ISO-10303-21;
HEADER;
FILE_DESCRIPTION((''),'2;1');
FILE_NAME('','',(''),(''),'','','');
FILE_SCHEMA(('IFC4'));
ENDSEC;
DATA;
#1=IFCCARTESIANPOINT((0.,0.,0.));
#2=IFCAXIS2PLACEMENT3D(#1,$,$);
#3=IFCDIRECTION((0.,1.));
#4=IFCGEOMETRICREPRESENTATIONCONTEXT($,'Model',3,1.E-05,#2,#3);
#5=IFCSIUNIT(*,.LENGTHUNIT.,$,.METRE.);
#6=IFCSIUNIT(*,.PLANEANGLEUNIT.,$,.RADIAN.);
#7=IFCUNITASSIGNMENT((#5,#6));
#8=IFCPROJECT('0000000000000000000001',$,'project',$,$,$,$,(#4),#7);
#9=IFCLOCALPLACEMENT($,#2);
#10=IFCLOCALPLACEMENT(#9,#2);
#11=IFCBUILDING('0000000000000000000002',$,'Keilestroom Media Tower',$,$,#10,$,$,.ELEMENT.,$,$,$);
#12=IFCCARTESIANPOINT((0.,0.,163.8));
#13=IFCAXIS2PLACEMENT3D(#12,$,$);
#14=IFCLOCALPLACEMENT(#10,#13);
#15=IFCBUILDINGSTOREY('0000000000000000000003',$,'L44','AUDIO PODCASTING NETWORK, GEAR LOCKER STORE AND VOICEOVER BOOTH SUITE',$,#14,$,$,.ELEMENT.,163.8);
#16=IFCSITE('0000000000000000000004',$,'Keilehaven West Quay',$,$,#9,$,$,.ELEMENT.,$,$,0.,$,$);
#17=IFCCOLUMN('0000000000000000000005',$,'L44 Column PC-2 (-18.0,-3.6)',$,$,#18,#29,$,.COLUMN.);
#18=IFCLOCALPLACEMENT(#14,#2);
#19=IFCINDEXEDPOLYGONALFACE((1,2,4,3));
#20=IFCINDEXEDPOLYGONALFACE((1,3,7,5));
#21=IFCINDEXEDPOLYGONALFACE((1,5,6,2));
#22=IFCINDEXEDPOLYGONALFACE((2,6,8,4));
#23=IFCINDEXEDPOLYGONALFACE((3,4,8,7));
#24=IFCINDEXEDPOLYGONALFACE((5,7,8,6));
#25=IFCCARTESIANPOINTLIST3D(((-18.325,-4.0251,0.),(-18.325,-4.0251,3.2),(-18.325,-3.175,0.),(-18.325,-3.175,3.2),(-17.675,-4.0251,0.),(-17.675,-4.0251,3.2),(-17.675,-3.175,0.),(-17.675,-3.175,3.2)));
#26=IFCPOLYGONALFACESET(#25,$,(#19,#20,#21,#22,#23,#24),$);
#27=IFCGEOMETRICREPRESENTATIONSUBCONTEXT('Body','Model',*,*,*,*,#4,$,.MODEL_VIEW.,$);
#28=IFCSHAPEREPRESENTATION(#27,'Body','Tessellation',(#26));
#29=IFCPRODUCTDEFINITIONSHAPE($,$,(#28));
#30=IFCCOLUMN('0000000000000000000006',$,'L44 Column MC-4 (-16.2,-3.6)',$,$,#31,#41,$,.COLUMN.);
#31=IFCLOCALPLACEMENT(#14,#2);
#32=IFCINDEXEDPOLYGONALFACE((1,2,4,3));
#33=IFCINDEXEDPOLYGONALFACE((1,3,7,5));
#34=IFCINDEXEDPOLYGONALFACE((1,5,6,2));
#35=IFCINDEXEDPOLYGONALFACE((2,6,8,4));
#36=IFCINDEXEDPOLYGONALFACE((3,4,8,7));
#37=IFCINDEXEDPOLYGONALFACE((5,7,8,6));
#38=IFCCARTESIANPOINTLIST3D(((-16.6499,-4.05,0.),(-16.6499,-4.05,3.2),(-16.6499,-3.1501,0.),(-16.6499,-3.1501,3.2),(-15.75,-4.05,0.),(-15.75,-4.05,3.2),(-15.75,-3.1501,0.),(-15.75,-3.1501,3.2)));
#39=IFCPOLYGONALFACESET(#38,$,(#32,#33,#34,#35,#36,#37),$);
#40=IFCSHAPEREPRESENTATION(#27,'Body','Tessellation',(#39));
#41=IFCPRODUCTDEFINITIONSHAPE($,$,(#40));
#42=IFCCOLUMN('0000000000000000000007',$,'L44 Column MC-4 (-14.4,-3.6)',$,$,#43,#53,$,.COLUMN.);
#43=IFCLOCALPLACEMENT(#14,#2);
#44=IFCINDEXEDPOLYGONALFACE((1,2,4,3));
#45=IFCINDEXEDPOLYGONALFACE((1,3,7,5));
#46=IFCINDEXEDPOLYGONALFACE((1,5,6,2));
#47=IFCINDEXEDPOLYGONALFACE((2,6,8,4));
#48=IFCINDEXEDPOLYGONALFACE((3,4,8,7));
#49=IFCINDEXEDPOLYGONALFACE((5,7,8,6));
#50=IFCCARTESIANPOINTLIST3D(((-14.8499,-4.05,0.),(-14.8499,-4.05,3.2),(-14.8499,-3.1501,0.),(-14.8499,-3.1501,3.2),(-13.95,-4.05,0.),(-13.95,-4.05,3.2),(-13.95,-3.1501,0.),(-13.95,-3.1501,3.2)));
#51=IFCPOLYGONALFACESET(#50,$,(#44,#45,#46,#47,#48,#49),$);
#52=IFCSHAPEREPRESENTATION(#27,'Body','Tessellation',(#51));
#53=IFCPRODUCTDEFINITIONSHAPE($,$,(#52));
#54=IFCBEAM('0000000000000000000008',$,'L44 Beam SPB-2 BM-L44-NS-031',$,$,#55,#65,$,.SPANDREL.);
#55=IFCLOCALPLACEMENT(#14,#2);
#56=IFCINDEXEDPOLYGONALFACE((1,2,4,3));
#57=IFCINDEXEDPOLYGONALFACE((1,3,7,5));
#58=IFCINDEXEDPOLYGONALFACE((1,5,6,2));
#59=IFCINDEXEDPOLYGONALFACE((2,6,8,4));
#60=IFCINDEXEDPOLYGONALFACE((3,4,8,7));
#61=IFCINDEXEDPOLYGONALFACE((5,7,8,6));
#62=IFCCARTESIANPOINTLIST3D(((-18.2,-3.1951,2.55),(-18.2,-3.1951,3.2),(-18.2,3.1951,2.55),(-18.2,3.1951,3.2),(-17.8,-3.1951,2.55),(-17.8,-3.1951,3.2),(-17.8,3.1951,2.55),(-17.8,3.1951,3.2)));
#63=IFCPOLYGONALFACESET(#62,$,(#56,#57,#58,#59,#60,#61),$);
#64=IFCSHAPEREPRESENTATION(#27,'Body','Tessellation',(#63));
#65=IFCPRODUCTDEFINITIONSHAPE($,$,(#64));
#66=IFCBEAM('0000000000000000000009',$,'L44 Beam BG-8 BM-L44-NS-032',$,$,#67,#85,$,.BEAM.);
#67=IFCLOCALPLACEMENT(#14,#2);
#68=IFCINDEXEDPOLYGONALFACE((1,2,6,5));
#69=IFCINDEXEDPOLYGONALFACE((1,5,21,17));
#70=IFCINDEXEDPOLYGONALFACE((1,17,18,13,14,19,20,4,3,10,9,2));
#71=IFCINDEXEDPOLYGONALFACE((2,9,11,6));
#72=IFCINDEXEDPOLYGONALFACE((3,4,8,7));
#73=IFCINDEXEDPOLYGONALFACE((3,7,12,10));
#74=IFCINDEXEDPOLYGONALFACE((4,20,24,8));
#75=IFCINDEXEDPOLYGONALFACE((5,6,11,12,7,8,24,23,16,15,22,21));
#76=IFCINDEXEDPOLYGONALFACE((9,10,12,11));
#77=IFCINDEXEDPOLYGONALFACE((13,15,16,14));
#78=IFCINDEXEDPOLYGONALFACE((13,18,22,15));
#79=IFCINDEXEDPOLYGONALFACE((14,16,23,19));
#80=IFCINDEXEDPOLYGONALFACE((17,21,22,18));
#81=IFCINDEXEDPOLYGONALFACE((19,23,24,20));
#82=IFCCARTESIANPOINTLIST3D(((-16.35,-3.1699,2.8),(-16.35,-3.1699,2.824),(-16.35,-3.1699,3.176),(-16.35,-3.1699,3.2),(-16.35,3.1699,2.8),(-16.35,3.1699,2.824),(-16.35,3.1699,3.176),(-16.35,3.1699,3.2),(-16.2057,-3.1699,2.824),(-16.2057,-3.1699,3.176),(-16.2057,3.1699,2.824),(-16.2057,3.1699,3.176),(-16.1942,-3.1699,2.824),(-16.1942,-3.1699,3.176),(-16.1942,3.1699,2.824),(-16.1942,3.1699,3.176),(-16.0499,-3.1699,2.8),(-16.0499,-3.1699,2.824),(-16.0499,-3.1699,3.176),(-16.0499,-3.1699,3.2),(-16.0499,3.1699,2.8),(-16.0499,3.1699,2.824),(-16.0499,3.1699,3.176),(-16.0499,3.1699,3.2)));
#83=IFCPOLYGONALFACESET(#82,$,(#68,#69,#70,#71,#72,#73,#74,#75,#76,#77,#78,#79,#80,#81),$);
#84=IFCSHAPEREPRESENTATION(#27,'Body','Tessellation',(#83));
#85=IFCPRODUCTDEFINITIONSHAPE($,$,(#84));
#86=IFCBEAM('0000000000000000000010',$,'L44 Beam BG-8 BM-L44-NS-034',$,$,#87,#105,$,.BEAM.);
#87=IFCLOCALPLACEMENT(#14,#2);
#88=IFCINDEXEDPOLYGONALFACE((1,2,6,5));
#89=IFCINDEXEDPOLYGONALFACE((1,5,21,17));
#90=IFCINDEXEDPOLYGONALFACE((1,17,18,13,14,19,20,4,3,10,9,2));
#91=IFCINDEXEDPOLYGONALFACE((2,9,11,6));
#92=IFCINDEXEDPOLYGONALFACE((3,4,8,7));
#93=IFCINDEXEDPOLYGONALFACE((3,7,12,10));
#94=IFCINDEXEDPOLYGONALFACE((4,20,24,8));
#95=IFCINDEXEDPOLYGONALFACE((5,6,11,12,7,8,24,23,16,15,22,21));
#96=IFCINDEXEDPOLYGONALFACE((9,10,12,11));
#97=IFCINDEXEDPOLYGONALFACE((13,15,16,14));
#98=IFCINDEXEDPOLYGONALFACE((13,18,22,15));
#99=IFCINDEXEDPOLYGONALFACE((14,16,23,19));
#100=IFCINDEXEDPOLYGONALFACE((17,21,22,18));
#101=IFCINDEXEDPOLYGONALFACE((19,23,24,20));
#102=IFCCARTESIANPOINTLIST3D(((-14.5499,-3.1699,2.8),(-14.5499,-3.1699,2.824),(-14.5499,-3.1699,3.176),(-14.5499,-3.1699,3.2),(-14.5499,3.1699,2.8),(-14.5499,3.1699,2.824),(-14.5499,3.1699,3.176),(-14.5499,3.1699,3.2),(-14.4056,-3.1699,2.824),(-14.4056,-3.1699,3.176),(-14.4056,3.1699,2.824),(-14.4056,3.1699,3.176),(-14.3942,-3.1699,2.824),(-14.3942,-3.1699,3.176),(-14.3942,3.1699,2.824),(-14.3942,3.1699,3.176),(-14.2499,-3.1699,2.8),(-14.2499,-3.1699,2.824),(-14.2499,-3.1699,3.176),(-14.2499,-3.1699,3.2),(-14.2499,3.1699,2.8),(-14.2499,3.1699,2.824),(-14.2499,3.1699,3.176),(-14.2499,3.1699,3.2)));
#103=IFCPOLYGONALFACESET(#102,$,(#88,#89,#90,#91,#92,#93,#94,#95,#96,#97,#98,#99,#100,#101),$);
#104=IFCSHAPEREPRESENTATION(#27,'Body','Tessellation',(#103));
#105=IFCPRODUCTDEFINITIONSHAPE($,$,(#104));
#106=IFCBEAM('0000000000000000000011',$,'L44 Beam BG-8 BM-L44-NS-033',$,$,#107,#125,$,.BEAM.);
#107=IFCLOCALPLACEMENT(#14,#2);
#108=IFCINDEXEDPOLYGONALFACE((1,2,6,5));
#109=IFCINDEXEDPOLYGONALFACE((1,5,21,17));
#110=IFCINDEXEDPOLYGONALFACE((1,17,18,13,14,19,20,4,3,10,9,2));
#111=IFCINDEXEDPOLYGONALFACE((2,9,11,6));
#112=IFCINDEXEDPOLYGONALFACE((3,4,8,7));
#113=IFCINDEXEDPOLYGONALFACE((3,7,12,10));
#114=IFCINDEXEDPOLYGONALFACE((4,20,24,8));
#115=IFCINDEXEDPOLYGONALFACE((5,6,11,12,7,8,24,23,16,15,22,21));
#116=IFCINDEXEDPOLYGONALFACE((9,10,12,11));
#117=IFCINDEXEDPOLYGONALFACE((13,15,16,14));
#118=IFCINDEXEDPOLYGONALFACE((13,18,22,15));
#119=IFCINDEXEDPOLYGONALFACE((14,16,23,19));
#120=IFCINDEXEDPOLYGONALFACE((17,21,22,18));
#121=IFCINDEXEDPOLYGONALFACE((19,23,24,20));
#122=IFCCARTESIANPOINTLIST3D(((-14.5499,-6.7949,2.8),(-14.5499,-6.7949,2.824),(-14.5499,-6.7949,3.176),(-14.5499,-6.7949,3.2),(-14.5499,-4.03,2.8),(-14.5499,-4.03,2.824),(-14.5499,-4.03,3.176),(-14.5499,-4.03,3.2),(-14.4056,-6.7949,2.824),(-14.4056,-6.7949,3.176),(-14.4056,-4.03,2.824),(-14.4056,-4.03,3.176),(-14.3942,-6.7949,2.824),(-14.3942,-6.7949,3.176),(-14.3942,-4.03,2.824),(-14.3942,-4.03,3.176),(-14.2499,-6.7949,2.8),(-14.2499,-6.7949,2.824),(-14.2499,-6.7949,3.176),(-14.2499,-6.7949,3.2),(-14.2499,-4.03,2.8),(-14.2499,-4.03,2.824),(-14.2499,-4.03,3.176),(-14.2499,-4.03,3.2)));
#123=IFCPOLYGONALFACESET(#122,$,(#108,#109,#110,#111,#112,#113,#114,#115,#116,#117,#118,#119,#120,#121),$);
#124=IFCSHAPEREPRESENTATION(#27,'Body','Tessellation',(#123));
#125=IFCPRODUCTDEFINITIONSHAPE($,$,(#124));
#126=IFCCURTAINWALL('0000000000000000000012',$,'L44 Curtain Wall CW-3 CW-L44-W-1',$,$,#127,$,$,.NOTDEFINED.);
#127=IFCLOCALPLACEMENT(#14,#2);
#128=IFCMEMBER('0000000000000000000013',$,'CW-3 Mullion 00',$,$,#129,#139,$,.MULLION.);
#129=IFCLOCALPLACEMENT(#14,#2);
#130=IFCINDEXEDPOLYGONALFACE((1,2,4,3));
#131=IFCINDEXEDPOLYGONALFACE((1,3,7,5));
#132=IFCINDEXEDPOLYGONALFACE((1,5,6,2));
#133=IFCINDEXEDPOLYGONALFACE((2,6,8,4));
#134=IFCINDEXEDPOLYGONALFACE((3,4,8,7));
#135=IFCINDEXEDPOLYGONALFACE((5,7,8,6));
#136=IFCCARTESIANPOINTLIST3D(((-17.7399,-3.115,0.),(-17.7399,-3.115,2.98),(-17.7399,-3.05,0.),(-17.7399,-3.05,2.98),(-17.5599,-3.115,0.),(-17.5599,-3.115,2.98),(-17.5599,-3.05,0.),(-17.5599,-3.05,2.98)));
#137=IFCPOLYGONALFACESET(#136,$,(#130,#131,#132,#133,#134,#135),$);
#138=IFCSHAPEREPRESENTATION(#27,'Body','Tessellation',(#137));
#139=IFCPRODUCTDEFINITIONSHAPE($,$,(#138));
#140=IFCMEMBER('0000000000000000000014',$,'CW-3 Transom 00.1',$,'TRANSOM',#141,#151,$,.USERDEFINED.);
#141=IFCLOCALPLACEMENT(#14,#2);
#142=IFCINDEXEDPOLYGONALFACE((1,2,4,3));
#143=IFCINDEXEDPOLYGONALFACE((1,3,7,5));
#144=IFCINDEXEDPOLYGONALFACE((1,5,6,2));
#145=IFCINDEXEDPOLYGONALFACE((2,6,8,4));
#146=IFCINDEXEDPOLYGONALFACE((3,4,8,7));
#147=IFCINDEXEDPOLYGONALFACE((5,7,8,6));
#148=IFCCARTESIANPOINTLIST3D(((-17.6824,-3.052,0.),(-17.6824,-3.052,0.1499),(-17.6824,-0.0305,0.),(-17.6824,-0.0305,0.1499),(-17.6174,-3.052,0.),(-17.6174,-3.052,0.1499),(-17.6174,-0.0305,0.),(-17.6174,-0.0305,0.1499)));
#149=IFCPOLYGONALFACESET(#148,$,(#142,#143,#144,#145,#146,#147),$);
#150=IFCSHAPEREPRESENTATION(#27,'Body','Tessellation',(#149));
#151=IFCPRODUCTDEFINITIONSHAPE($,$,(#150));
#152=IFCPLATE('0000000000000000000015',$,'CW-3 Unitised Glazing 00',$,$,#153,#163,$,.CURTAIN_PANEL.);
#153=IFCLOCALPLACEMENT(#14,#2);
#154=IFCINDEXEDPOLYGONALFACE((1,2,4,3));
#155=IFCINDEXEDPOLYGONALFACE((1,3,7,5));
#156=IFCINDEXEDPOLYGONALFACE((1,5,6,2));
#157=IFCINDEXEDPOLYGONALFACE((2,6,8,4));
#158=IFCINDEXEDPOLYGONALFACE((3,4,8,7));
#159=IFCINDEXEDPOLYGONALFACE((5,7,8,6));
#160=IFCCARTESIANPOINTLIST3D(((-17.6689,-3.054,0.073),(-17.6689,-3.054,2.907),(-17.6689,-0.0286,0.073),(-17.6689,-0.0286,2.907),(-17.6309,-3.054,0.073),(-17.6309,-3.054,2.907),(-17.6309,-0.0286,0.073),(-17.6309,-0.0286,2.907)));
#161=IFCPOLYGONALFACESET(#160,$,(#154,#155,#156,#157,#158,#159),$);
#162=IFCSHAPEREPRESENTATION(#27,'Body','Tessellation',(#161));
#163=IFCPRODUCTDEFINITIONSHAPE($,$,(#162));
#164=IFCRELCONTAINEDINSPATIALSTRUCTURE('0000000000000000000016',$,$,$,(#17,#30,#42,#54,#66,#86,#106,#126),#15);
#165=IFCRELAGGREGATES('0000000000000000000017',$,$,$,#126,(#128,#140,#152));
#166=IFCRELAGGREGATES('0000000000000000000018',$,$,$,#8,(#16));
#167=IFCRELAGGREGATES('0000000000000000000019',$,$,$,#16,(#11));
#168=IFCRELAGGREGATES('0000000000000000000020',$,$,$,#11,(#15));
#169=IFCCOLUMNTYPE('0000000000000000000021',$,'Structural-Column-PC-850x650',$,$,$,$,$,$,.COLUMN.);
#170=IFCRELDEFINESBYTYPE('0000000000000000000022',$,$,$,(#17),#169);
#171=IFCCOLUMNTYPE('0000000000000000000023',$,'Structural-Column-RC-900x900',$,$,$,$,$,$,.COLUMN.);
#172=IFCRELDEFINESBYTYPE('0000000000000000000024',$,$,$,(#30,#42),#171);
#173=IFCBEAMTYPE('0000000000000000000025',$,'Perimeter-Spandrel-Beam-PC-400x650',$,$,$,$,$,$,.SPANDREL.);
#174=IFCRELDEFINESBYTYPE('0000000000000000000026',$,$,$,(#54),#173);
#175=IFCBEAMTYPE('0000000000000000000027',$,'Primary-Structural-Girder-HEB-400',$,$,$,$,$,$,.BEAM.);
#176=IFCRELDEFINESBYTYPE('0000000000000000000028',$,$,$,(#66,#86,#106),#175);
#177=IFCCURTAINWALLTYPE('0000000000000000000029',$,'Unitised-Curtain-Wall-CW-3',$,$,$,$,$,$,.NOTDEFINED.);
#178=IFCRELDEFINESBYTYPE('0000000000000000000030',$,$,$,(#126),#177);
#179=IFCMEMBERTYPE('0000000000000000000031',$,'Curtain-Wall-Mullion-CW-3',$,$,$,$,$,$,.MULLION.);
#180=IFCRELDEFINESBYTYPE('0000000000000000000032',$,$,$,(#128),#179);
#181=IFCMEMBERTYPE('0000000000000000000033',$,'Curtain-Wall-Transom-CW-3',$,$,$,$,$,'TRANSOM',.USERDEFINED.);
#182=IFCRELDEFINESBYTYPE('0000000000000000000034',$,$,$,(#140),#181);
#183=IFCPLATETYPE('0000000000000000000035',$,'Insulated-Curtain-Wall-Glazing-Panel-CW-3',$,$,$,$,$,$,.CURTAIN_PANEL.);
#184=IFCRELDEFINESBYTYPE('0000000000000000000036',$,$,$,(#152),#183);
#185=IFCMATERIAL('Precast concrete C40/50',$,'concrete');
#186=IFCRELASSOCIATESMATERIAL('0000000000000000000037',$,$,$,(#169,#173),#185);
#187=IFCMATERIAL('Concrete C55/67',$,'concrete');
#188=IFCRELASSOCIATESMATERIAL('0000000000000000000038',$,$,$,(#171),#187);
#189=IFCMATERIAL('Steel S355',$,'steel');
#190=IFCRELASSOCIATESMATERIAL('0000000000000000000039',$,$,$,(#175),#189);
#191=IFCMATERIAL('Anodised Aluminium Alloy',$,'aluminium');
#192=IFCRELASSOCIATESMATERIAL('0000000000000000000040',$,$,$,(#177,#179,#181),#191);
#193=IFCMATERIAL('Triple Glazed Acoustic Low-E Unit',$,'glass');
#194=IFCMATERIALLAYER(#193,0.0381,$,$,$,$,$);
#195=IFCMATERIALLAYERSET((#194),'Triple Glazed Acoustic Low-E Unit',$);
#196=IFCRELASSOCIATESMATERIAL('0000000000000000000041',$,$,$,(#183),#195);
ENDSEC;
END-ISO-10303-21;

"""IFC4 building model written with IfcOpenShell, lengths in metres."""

from ifc_helpers import new_model, si_unit, direction, frame, origin, origin_2d, place, context, subcontext, project, spatial, rectangle, i_section, extrude, source, transform, mapped, material, layer, layer_set, material_profile, profile_set, type_object, element, aggregate, save


model = new_model("IFC4")

# Units and contexts
model_context = context("Model", 3, precision=1e-05, world=origin(), true_north=direction((0.0, 1.0)))
body_context = subcontext(model_context, "Body", "Model", "MODEL_VIEW")
ifc_project = project(units=[si_unit("LENGTHUNIT", "METRE"), si_unit("PLANEANGLEUNIT", "RADIAN")], contexts=[model_context])

# Site, building, storey
site_placement = place(None, origin())
site = spatial("IfcSite", under=ifc_project, at=site_placement, Name="Keilehaven West Quay", CompositionType="ELEMENT", RefElevation=0.0)
building_placement = place(site_placement, origin())
building = spatial("IfcBuilding", under=site, at=building_placement, Name="Keilestroom Media Tower", CompositionType="ELEMENT")
storey_placement = place(building_placement, frame((0.0, 0.0, 163.8)))
storey = spatial("IfcBuildingStorey", under=building, at=storey_placement, Name="L44", Description="AUDIO PODCASTING NETWORK, GEAR LOCKER STORE AND VOICEOVER BOOTH SUITE", CompositionType="ELEMENT", Elevation=163.8)

# Columns
ifc_material_1 = material(Name="Precast concrete C40/50", Category="concrete")
ifc_material_profile_1 = material_profile(ifc_material_1, rectangle(XDim=0.6499, YDim=0.8501, at=origin_2d()), Name="PC 850x650")
ifc_profile_set_1 = profile_set([ifc_material_profile_1], Name="Precast concrete C40/50")
column_type_1 = type_object("IfcColumnType", Name="Structural-Column-PC-850x650", PredefinedType="COLUMN", material=ifc_profile_set_1)
shared_shape_1 = source(origin(), body_context, "Body", "SweptSolid", [
    extrude(rectangle(XDim=0.6499, YDim=0.8501, at=origin_2d()), origin(), (0.0, 0.0, 1.0), 3.2),
])
column_placement = place(storey_placement, frame((-18.0, -3.6001, 0.0), z_axis=(0.0, 0.0, 1.0), x_axis=(1.0, 0.0, 0.0)))
element("IfcColumn", 1, at=column_placement, inside=storey, type_object=column_type_1, Name="L44 Column PC-2 (-18.0,-3.6)", PredefinedType="COLUMN", context=body_context, shape_type="MappedRepresentation", body=[
    mapped(shared_shape_1, transform((0.0, 0.0, 0.0), x_axis=(1.0, 0.0, 0.0), y_axis=(0.0, 1.0, 0.0), z_axis=(0.0, 0.0, 1.0), scale=1.0)),
])
ifc_material_2 = material(Name="Concrete C55/67", Category="concrete")
ifc_material_profile_2 = material_profile(ifc_material_2, rectangle(XDim=0.8999, YDim=0.8999, at=origin_2d()), Name="RC 900x900")
ifc_profile_set_2 = profile_set([ifc_material_profile_2], Name="Concrete C55/67")
column_type_2 = type_object("IfcColumnType", Name="Structural-Column-RC-900x900", PredefinedType="COLUMN", material=ifc_profile_set_2)
shared_shape_2 = source(origin(), body_context, "Body", "SweptSolid", [
    extrude(rectangle(XDim=0.8999, YDim=0.8999, at=origin_2d()), origin(), (0.0, 0.0, 1.0), 3.2),
])
for number, where, z_axis, x_axis, name in (
    (2, (-16.2, -3.6001, 0.0), (0.0, 0.0, 1.0), (1.0, 0.0, 0.0), "L44 Column MC-4 (-16.2,-3.6)"),
    (3, (-14.3999, -3.6001, 0.0), (0.0, 0.0, 1.0), (1.0, 0.0, 0.0), "L44 Column MC-4 (-14.4,-3.6)"),
):
    element("IfcColumn", number, at=place(storey_placement, frame(where, z_axis=z_axis, x_axis=x_axis)), inside=storey, type_object=column_type_2, Name=name, PredefinedType="COLUMN", context=body_context, shape_type="MappedRepresentation", body=[
        mapped(shared_shape_2, transform((0.0, 0.0, 0.0), x_axis=(1.0, 0.0, 0.0), y_axis=(0.0, 1.0, 0.0), z_axis=(0.0, 0.0, 1.0), scale=1.0)),
    ])

# Beams
ifc_material_profile_3 = material_profile(ifc_material_1, rectangle(XDim=0.3999, YDim=0.6499, at=origin_2d()), Name="PC 400x650")
ifc_profile_set_3 = profile_set([ifc_material_profile_3], Name="Precast concrete C40/50")
beam_type_1 = type_object("IfcBeamType", Name="Perimeter-Spandrel-Beam-PC-400x650", PredefinedType="SPANDREL", material=ifc_profile_set_3)
shared_shape_3 = source(origin(), body_context, "Body", "SweptSolid", [
    extrude(rectangle(XDim=0.3999, YDim=0.6499, at=origin_2d()), origin(), (0.0, 0.0, 1.0), 6.3901),
])
beam_1_placement = place(storey_placement, frame((-18.0, -3.1951, 2.875), z_axis=(0.0, 1.0, 0.0), x_axis=(-1.0, 0.0, 0.0)))
element("IfcBeam", 4, at=beam_1_placement, inside=storey, type_object=beam_type_1, Name="L44 Beam SPB-2 BM-L44-NS-031", PredefinedType="SPANDREL", context=body_context, shape_type="MappedRepresentation", body=[
    mapped(shared_shape_3, transform((0.0, 0.0, 0.0), x_axis=(1.0, 0.0, 0.0), y_axis=(0.0, 1.0, 0.0), z_axis=(0.0, 0.0, 1.0), scale=1.0)),
])
ifc_material_3 = material(Name="Steel S355", Category="steel")
ifc_material_profile_4 = material_profile(ifc_material_3, i_section(OverallWidth=0.3, OverallDepth=0.3999, WebThickness=0.0115, FlangeThickness=0.0239, at=origin_2d()), Name="HEB 400")
ifc_profile_set_4 = profile_set([ifc_material_profile_4], Name="Steel S355")
beam_type_2 = type_object("IfcBeamType", Name="Primary-Structural-Girder-HEB-400", PredefinedType="BEAM", material=ifc_profile_set_4)
shared_shape_4 = source(origin(), body_context, "Body", "SweptSolid", [
    extrude(i_section(OverallWidth=0.3, OverallDepth=0.3999, WebThickness=0.0115, FlangeThickness=0.0239, at=origin_2d()), origin(), (0.0, 0.0, 1.0), 6.3398),
])
for number, where, z_axis, x_axis, name in (
    (5, (-16.2, -3.1699, 3.0), (0.0, 1.0, 0.0), (-1.0, 0.0, 0.0), "L44 Beam BG-8 BM-L44-NS-032"),
    (6, (-14.3999, -3.1699, 3.0), (0.0, 1.0, 0.0), (-1.0, 0.0, 0.0), "L44 Beam BG-8 BM-L44-NS-034"),
):
    element("IfcBeam", number, at=place(storey_placement, frame(where, z_axis=z_axis, x_axis=x_axis)), inside=storey, type_object=beam_type_2, Name=name, PredefinedType="BEAM", context=body_context, shape_type="MappedRepresentation", body=[
        mapped(shared_shape_4, transform((0.0, 0.0, 0.0), x_axis=(1.0, 0.0, 0.0), y_axis=(0.0, 1.0, 0.0), z_axis=(0.0, 0.0, 1.0), scale=1.0)),
    ])
shared_shape_5 = source(origin(), body_context, "Body", "SweptSolid", [
    extrude(i_section(OverallWidth=0.3, OverallDepth=0.3999, WebThickness=0.0115, FlangeThickness=0.0239, at=origin_2d()), origin(), (0.0, 0.0, 1.0), 2.7649),
])
beam_2_placement = place(storey_placement, frame((-14.3999, -6.7949, 3.0), z_axis=(0.0, 1.0, 0.0), x_axis=(-1.0, 0.0, 0.0)))
element("IfcBeam", 7, at=beam_2_placement, inside=storey, type_object=beam_type_2, Name="L44 Beam BG-8 BM-L44-NS-033", PredefinedType="BEAM", context=body_context, shape_type="MappedRepresentation", body=[
    mapped(shared_shape_5, transform((0.0, 0.0, 0.0), x_axis=(1.0, 0.0, 0.0), y_axis=(0.0, 1.0, 0.0), z_axis=(0.0, 0.0, 1.0), scale=1.0)),
])

# Curtain wall, members, plate
ifc_material_4 = material(Name="Anodised Aluminium Alloy", Category="aluminium")
curtain_wall_type = type_object("IfcCurtainWallType", Name="Unitised-Curtain-Wall-CW-3", PredefinedType="NOTDEFINED", material=ifc_material_4)
curtain_wall_placement = place(storey_placement, origin())
curtain_wall = element("IfcCurtainWall", 8, at=curtain_wall_placement, inside=storey, type_object=curtain_wall_type, Name="L44 Curtain Wall CW-3 CW-L44-W-1", PredefinedType="NOTDEFINED")
ifc_material_profile_5 = material_profile(ifc_material_4, rectangle(XDim=0.0649, YDim=0.1799, at=origin_2d()), Name="ALU MULLION 65x180")
ifc_profile_set_5 = profile_set([ifc_material_profile_5], Name="Anodised Aluminium Alloy")
member_type_1 = type_object("IfcMemberType", Name="Curtain-Wall-Mullion-CW-3", PredefinedType="MULLION", material=ifc_profile_set_5)
shared_shape_6 = source(origin(), body_context, "Body", "SweptSolid", [
    extrude(rectangle(XDim=0.0649, YDim=0.1799, at=origin_2d()), origin(), (0.0, 0.0, 1.0), 2.98),
])
member_1_placement = place(storey_placement, frame((-17.6499, -3.0825, 0.0), z_axis=(0.0, 0.0, 1.0), x_axis=(0.0, 1.0, 0.0)))
member_1 = element("IfcMember", 9, at=member_1_placement, type_object=member_type_1, Name="CW-3 Mullion 00", PredefinedType="MULLION", context=body_context, shape_type="MappedRepresentation", body=[
    mapped(shared_shape_6, transform((0.0, 0.0, 0.0), x_axis=(1.0, 0.0, 0.0), y_axis=(0.0, 1.0, 0.0), z_axis=(0.0, 0.0, 1.0), scale=1.0)),
])
ifc_material_profile_6 = material_profile(ifc_material_4, rectangle(XDim=0.0649, YDim=0.1499, at=origin_2d()), Name="ALU TRANSOM 65x150")
ifc_profile_set_6 = profile_set([ifc_material_profile_6], Name="Anodised Aluminium Alloy")
member_type_2 = type_object("IfcMemberType", Name="Curtain-Wall-Transom-CW-3", ElementType="TRANSOM", PredefinedType="USERDEFINED", material=ifc_profile_set_6)
shared_shape_7 = source(origin(), body_context, "Body", "SweptSolid", [
    extrude(rectangle(XDim=0.0649, YDim=0.1499, at=origin_2d()), origin(), (0.0, 0.0, 1.0), 3.0215),
])
member_2_placement = place(storey_placement, frame((-17.6499, -3.052, 0.075), z_axis=(0.0, 1.0, 0.0), x_axis=(-1.0, 0.0, 0.0)))
member_2 = element("IfcMember", 10, at=member_2_placement, type_object=member_type_2, Name="CW-3 Transom 00.1", ObjectType="TRANSOM", PredefinedType="USERDEFINED", context=body_context, shape_type="MappedRepresentation", body=[
    mapped(shared_shape_7, transform((0.0, 0.0, 0.0), x_axis=(1.0, 0.0, 0.0), y_axis=(0.0, 1.0, 0.0), z_axis=(0.0, 0.0, 1.0), scale=1.0)),
])
ifc_material_5 = material(Name="Triple Glazed Acoustic Low-E Unit", Category="glass")
ifc_layer_1 = layer(ifc_material_5, 0.0381)
ifc_layer_set_1 = layer_set([ifc_layer_1], Name="Triple Glazed Acoustic Low-E Unit")
plate_type = type_object("IfcPlateType", Name="Insulated-Curtain-Wall-Glazing-Panel-CW-3", PredefinedType="CURTAIN_PANEL", material=ifc_layer_set_1)
shared_shape_8 = source(origin(), body_context, "Body", "SweptSolid", [
    extrude(rectangle(XDim=3.0254, YDim=0.0381, at=origin_2d()), origin(), (0.0, 0.0, 1.0), 2.834),
])
plate_placement = place(storey_placement, frame((-17.6499, -1.5413, 0.073), z_axis=(0.0, 0.0, 1.0), x_axis=(0.0, 1.0, 0.0)))
plate = element("IfcPlate", 11, at=plate_placement, type_object=plate_type, Name="CW-3 Unitised Glazing 00", PredefinedType="CURTAIN_PANEL", context=body_context, shape_type="MappedRepresentation", body=[
    mapped(shared_shape_8, transform((0.0, 0.0, 0.0), x_axis=(1.0, 0.0, 0.0), y_axis=(0.0, 1.0, 0.0), z_axis=(0.0, 0.0, 1.0), scale=1.0)),
])
aggregate(curtain_wall, [member_1, member_2, plate])

save(model, "model.ifc")
